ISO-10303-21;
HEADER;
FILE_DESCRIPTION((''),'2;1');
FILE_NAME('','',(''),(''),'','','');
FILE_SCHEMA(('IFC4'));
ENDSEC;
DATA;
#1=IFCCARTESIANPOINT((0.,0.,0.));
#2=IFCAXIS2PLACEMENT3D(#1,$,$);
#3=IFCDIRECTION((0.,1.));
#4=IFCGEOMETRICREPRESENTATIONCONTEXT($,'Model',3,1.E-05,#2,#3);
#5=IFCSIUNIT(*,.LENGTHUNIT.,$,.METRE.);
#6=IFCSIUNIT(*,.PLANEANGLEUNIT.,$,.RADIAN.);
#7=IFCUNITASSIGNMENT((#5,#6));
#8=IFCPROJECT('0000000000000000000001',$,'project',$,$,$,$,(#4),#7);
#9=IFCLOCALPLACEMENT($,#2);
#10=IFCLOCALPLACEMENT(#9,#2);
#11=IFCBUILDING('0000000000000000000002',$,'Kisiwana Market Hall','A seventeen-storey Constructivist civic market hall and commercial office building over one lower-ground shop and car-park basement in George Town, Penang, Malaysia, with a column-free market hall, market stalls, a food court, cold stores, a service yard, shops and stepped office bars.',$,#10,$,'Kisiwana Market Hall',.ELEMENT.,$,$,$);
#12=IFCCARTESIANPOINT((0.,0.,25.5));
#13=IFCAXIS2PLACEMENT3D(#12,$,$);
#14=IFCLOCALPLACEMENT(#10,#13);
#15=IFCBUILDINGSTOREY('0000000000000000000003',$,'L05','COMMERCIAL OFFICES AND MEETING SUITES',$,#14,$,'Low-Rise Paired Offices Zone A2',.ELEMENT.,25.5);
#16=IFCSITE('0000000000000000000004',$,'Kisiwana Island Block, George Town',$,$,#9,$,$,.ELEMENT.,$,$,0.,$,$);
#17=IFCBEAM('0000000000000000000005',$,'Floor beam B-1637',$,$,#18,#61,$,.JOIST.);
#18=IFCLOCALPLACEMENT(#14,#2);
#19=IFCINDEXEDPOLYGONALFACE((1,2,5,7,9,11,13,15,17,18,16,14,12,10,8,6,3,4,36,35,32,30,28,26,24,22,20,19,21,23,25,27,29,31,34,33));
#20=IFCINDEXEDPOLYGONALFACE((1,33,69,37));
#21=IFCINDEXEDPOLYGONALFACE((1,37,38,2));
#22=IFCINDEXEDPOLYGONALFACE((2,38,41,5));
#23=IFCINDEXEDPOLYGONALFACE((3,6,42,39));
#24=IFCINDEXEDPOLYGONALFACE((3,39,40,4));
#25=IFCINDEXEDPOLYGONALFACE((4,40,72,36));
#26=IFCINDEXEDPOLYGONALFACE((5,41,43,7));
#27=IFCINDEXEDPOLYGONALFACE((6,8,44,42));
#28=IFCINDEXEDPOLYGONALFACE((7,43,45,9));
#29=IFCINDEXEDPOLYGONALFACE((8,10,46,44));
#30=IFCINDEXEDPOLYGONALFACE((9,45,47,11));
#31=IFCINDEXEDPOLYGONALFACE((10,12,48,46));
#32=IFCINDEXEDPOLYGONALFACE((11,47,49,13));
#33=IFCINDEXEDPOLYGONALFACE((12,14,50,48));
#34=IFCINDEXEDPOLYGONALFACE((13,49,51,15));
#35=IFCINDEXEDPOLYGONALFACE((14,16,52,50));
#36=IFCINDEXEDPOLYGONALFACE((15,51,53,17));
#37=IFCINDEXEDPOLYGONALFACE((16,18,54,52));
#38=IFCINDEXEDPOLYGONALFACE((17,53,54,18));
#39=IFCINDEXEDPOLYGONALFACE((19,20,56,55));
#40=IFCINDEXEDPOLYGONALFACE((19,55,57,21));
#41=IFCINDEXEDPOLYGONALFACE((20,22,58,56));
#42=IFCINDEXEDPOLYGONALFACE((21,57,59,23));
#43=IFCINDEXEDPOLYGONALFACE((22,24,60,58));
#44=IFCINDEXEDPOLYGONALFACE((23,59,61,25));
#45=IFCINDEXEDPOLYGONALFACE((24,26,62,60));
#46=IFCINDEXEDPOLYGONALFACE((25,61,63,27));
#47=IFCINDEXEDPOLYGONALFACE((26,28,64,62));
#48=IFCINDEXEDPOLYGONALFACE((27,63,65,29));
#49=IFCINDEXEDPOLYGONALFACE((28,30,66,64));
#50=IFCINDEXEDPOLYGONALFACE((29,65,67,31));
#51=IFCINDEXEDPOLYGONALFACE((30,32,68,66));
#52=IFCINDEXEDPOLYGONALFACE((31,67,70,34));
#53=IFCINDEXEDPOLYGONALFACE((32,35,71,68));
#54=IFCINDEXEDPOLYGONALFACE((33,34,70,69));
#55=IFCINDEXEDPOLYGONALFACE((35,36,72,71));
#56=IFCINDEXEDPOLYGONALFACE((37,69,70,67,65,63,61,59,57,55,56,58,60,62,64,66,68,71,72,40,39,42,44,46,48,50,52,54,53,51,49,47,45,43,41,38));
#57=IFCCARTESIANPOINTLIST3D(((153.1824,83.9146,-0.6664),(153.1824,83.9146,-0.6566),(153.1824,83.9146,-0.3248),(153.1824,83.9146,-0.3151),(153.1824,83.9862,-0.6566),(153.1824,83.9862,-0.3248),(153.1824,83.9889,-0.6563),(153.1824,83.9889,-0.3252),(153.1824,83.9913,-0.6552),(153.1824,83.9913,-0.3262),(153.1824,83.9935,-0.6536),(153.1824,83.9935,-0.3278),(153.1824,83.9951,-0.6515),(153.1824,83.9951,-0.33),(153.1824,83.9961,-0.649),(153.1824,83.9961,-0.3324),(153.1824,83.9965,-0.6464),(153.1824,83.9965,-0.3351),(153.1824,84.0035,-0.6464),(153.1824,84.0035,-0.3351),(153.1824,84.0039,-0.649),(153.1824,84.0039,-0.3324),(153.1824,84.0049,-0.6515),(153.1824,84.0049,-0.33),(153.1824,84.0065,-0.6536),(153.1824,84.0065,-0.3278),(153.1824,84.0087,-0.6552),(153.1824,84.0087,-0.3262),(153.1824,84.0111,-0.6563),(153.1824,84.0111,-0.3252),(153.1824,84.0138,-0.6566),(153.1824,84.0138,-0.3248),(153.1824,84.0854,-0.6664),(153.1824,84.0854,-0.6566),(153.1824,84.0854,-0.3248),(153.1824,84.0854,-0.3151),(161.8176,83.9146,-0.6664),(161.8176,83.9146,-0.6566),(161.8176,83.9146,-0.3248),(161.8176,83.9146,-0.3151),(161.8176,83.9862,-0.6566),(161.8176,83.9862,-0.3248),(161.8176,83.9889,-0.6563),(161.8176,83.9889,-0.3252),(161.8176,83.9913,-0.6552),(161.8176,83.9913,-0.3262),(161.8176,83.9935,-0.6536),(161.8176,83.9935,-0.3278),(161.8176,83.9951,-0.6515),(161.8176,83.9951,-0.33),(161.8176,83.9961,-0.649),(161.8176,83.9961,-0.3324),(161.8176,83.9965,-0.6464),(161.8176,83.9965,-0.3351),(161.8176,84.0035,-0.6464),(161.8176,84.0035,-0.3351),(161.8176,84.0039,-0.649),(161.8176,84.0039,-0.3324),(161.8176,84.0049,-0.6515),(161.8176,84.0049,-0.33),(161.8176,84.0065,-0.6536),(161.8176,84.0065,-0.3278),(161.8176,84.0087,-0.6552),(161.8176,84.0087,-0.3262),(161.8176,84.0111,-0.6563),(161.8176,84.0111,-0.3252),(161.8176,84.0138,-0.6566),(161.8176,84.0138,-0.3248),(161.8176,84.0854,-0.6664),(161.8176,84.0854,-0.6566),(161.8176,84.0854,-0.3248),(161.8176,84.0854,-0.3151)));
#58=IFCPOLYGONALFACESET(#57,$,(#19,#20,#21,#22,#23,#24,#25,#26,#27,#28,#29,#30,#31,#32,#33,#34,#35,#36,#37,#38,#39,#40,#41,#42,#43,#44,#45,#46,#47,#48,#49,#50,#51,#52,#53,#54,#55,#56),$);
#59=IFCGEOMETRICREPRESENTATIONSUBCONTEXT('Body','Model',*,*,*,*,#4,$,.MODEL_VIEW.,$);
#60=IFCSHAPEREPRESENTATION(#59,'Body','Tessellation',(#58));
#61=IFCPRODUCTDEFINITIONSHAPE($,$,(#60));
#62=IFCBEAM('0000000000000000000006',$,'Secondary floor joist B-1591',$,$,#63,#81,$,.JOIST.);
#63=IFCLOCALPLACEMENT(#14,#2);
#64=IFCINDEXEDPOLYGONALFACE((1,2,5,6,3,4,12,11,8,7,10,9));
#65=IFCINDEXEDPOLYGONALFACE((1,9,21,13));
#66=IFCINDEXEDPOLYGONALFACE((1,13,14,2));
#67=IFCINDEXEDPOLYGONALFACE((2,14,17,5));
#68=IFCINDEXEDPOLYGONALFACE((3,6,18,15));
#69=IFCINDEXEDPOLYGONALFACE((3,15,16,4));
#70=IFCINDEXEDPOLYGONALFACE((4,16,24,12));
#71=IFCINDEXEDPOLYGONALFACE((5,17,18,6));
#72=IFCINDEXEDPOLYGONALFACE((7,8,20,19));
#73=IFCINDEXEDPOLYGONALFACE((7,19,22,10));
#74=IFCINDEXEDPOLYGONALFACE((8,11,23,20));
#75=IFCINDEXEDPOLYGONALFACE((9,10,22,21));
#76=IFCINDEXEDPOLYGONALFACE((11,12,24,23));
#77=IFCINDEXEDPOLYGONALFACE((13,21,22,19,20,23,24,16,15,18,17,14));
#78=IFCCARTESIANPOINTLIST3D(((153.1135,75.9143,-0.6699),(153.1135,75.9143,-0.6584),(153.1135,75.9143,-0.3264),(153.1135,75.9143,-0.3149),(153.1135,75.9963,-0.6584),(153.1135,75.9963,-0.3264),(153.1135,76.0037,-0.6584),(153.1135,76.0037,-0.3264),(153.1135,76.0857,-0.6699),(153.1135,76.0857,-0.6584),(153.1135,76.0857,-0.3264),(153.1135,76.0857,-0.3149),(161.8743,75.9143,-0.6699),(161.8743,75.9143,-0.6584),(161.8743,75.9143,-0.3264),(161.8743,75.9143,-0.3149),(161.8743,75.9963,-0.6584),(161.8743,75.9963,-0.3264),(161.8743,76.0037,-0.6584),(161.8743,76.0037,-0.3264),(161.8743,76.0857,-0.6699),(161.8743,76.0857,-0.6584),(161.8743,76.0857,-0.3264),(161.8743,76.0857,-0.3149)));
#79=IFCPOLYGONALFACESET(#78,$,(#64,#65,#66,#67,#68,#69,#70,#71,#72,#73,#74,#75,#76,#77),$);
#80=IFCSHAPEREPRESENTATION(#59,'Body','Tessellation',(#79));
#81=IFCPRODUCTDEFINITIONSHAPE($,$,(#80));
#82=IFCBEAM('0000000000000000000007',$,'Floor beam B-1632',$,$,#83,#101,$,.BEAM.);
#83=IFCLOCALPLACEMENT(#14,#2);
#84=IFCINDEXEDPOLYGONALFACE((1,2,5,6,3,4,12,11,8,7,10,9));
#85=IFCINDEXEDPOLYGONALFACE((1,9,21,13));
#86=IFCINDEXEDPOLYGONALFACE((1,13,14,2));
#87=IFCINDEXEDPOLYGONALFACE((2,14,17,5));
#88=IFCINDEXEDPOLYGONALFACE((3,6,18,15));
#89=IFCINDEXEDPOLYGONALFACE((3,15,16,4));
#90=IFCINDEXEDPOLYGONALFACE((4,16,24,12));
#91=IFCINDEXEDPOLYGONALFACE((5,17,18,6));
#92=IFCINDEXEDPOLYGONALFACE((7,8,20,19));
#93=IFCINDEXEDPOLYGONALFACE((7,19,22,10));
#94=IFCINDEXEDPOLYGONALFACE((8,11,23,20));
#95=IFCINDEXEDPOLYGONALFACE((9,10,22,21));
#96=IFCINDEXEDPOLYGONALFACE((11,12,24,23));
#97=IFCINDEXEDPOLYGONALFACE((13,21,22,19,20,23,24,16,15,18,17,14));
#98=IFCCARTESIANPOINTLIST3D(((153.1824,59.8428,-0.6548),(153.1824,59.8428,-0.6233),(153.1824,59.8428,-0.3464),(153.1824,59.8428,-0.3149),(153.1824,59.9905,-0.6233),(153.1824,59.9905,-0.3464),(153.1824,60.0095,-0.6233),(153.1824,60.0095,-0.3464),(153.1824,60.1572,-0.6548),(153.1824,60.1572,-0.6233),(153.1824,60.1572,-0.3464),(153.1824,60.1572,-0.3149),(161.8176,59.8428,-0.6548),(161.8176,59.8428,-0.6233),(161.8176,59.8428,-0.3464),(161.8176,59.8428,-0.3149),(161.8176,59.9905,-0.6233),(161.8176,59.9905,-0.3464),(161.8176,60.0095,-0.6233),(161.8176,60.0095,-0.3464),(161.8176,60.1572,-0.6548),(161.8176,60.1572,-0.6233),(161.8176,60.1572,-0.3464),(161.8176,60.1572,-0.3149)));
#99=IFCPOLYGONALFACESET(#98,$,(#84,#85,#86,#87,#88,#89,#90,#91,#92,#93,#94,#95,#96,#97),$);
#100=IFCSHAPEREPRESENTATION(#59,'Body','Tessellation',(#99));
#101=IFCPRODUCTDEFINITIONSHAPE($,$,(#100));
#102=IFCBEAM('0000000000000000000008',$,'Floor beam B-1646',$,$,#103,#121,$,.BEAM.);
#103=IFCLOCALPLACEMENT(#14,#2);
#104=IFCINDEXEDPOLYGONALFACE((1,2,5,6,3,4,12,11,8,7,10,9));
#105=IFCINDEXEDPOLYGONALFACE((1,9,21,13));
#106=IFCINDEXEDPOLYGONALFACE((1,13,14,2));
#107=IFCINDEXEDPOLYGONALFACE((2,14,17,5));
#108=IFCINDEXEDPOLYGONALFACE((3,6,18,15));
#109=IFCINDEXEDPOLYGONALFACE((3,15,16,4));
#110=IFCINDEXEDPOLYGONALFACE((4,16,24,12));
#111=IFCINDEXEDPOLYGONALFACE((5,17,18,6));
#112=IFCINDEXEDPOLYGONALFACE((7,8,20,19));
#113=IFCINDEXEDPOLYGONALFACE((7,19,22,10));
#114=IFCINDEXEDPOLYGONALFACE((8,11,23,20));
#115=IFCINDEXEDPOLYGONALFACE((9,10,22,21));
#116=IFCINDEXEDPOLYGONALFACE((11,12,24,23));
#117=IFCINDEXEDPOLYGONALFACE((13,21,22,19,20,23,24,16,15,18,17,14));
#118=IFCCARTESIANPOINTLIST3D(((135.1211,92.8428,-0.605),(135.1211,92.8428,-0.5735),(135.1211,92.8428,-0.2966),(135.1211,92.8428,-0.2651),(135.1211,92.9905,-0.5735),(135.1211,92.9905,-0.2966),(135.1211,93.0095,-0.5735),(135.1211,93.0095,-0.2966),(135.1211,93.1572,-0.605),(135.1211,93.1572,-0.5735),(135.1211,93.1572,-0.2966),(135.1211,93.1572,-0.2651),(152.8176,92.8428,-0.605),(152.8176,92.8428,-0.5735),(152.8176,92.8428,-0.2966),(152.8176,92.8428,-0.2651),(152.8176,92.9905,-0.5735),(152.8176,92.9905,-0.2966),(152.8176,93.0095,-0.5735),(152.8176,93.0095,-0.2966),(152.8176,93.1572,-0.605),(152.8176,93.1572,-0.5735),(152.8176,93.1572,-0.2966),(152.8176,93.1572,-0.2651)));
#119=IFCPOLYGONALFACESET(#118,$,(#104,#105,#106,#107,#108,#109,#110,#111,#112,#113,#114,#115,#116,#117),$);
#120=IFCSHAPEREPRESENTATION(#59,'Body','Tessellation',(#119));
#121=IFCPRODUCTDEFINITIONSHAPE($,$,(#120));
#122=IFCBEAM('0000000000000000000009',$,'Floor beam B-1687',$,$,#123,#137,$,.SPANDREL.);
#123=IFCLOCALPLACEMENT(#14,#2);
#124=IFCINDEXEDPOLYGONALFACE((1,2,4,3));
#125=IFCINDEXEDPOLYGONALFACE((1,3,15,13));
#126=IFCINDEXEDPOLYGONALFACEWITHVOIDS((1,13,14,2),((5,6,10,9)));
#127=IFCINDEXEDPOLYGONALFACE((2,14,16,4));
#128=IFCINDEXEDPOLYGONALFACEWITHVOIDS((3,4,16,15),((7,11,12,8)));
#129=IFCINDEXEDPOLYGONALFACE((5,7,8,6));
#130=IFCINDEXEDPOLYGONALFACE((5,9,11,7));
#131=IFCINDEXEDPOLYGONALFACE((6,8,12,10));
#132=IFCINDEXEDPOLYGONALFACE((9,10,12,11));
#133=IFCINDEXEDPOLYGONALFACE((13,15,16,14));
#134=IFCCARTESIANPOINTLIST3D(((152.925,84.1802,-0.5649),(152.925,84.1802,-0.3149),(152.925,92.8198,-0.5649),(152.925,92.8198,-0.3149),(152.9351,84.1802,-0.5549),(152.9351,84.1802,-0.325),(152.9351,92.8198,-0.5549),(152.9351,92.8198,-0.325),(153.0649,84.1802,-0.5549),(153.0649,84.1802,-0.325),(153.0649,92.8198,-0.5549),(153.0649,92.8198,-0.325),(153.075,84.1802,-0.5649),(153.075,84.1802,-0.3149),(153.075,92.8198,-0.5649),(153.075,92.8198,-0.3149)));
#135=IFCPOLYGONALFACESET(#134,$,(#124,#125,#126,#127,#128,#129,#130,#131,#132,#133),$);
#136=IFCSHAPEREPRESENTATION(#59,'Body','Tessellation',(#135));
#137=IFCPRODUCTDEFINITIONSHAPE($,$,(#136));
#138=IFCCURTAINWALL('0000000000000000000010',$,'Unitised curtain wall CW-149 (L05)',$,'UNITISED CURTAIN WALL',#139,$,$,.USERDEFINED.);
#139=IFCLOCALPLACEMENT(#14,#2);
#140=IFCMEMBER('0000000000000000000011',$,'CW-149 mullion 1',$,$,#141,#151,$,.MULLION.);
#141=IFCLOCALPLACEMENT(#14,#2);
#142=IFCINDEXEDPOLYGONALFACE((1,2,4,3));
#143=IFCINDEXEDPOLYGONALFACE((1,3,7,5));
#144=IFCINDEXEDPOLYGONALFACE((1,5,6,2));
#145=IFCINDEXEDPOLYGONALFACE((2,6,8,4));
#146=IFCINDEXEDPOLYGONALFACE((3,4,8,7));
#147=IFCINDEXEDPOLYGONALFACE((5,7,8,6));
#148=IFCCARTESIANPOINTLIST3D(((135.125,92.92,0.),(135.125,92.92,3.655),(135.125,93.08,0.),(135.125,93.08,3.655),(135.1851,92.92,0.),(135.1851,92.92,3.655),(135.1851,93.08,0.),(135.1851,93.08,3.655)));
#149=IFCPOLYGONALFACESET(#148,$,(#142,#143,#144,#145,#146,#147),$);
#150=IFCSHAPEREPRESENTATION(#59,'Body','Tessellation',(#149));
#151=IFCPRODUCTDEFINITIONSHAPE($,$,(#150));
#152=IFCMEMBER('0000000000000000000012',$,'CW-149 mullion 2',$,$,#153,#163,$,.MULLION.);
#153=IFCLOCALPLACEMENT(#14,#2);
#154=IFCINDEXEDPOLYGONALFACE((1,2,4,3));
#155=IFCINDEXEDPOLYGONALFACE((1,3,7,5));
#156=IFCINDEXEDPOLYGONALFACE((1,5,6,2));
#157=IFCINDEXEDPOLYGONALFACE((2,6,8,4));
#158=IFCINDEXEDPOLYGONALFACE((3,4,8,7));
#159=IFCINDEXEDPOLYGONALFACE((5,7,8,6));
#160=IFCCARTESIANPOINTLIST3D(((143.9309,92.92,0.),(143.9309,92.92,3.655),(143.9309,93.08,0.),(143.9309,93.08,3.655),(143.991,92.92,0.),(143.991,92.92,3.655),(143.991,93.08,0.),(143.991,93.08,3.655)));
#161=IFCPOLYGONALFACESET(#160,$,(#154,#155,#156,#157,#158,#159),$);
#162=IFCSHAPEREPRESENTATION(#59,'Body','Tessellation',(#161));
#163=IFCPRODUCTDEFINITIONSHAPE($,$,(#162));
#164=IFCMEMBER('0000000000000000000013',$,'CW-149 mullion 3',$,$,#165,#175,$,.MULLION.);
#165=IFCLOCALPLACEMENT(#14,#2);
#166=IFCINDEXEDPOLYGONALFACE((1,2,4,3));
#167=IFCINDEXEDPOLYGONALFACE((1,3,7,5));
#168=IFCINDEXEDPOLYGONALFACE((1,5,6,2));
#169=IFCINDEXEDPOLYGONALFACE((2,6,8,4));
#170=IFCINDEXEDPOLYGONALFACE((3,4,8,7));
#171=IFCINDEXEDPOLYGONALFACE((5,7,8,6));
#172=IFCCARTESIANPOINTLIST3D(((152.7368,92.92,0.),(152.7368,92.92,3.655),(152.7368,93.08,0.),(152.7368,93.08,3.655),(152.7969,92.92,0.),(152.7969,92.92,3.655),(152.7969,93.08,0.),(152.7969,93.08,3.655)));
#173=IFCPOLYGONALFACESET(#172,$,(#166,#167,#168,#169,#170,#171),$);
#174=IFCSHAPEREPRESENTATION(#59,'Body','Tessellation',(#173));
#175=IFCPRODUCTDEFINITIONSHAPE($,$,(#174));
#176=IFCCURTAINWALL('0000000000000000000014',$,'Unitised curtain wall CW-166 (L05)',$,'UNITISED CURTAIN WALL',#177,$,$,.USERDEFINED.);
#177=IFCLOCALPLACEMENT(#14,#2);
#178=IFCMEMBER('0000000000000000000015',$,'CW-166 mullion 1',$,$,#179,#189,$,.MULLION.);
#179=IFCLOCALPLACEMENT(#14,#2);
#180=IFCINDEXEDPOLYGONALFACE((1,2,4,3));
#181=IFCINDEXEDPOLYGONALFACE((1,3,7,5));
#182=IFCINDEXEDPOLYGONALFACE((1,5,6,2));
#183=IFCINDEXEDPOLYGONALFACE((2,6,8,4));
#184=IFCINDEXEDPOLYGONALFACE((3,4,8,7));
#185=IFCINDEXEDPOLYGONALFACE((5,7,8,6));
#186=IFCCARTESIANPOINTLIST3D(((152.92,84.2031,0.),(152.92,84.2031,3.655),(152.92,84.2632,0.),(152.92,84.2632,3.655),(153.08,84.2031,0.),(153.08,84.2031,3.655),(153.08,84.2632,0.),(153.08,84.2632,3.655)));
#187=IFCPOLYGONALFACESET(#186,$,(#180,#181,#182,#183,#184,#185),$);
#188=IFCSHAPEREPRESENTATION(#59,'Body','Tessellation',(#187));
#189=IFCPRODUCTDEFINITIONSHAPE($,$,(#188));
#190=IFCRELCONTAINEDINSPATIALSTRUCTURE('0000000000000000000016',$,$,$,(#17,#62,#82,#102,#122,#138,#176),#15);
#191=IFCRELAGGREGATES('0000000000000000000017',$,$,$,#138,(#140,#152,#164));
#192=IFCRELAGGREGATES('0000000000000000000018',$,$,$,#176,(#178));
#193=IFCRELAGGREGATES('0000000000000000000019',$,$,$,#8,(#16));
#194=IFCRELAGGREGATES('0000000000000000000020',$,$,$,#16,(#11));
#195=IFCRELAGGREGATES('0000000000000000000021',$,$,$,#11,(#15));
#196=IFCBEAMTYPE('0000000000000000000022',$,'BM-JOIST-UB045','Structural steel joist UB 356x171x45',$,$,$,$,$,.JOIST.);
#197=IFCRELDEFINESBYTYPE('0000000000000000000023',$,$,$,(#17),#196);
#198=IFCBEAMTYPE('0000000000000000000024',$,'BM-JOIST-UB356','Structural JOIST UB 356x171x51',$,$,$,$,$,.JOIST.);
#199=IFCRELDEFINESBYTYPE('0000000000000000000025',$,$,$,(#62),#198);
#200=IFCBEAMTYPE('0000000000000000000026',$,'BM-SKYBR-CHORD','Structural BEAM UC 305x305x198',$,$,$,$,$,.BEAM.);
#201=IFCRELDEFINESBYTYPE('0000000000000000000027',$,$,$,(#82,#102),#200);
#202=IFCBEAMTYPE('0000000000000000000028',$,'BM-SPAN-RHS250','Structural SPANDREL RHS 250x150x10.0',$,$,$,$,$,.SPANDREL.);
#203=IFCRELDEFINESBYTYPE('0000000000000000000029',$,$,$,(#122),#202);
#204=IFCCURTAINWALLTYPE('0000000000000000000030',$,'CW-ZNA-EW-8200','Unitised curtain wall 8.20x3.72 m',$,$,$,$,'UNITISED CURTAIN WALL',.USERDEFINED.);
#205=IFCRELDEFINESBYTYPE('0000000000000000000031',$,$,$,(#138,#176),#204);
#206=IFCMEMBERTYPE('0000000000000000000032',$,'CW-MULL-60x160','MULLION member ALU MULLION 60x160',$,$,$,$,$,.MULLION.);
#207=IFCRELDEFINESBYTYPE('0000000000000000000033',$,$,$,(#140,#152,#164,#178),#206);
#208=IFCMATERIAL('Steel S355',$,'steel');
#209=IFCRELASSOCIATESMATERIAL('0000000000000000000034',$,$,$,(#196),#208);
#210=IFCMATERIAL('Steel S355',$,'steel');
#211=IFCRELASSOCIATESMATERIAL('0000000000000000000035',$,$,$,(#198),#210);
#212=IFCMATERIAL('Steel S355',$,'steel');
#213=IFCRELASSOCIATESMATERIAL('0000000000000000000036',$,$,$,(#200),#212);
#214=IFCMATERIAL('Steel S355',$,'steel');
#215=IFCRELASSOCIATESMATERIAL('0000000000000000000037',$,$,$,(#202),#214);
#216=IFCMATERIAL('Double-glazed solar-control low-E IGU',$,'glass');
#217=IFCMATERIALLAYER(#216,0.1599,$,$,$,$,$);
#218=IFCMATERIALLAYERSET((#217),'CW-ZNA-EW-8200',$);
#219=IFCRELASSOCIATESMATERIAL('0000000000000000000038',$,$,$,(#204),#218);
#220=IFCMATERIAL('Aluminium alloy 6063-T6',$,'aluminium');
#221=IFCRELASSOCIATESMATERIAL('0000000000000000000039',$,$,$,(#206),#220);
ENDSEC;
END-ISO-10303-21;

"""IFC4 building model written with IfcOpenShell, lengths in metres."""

from ifc_helpers import new_model, si_unit, direction, frame, origin, origin_2d, place, context, subcontext, project, spatial, rectangle, hollow_rectangle, i_section, extrude, material, layer, layer_set, material_profile, profile_set, type_object, element, aggregate, save


model = new_model("IFC4")

# Units and contexts
model_context = context("Model", 3, precision=1e-05, world=origin(), true_north=direction((0.0, 1.0)))
body_context = subcontext(model_context, "Body", "Model", "MODEL_VIEW")
ifc_project = project(units=[si_unit("LENGTHUNIT", "METRE"), si_unit("PLANEANGLEUNIT", "RADIAN")], contexts=[model_context])

# Site, building, storey
site_placement = place(None, origin())
site = spatial("IfcSite", under=ifc_project, at=site_placement, Name="Kisiwana Island Block, George Town", CompositionType="ELEMENT", RefElevation=0.0)
building_placement = place(site_placement, origin())
building = spatial("IfcBuilding", under=site, at=building_placement, Name="Kisiwana Market Hall", Description="A seventeen-storey Constructivist civic market hall and commercial office building over one lower-ground shop and car-park basement in George Town, Penang, Malaysia, with a column-free market hall, market stalls, a food court, cold stores, a service yard, shops and stepped office bars.", LongName="Kisiwana Market Hall", CompositionType="ELEMENT")
storey_placement = place(building_placement, frame((0.0, 0.0, 25.5)))
storey = spatial("IfcBuildingStorey", under=building, at=storey_placement, Name="L05", Description="COMMERCIAL OFFICES AND MEETING SUITES", LongName="Low-Rise Paired Offices Zone A2", CompositionType="ELEMENT", Elevation=25.5)

# Beams
ifc_material_1 = material(Name="Steel S355", Category="steel")
ifc_material_profile_1 = material_profile(ifc_material_1, i_section(OverallWidth=0.1709, OverallDepth=0.3513, WebThickness=0.0071, FlangeThickness=0.0098, FilletRadius=0.0103, at=origin_2d()), Name="UB 356x171x45")
ifc_profile_set_1 = profile_set([ifc_material_profile_1], Name="Steel S355")
beam_type_1 = type_object("IfcBeamType", Name="BM-JOIST-UB045", Description="Structural steel joist UB 356x171x45", PredefinedType="JOIST", material=ifc_profile_set_1)
beam_1_placement = place(storey_placement, frame((153.1824, 84.0, -0.4907), z_axis=(1.0, 0.0, 0.0), x_axis=(0.0, 1.0, 0.0)))
element("IfcBeam", 1, at=beam_1_placement, inside=storey, type_object=beam_type_1, Name="Floor beam B-1637", PredefinedType="JOIST", context=body_context, shape_type="SweptSolid", body=[
    extrude(i_section(OverallWidth=0.1709, OverallDepth=0.3513, WebThickness=0.0071, FlangeThickness=0.0098, FilletRadius=0.0103, at=origin_2d()), origin(), (0.0, 0.0, 1.0), 8.6353),
])
ifc_material_2 = material(Name="Steel S355", Category="steel")
ifc_material_profile_2 = material_profile(ifc_material_2, i_section(OverallWidth=0.1714, OverallDepth=0.355, WebThickness=0.0073, FlangeThickness=0.0115, at=origin_2d()), Name="UB 356x171x51")
ifc_profile_set_2 = profile_set([ifc_material_profile_2], Name="Steel S355")
beam_type_2 = type_object("IfcBeamType", Name="BM-JOIST-UB356", Description="Structural JOIST UB 356x171x51", PredefinedType="JOIST", material=ifc_profile_set_2)
beam_2_placement = place(storey_placement, frame((153.1135, 76.0, -0.4924), z_axis=(1.0, 0.0, 0.0), x_axis=(0.0, 1.0, 0.0)))
element("IfcBeam", 2, at=beam_2_placement, inside=storey, type_object=beam_type_2, Name="Secondary floor joist B-1591", PredefinedType="JOIST", context=body_context, shape_type="SweptSolid", body=[
    extrude(i_section(OverallWidth=0.1714, OverallDepth=0.355, WebThickness=0.0073, FlangeThickness=0.0115, at=origin_2d()), origin(), (0.0, 0.0, 1.0), 8.7607),
])
ifc_material_3 = material(Name="Steel S355", Category="steel")
ifc_material_profile_3 = material_profile(ifc_material_3, i_section(OverallWidth=0.3145, OverallDepth=0.3398, WebThickness=0.019, FlangeThickness=0.0315, at=origin_2d()), Name="UC 305x305x198")
ifc_profile_set_3 = profile_set([ifc_material_profile_3], Name="Steel S355")
beam_type_3 = type_object("IfcBeamType", Name="BM-SKYBR-CHORD", Description="Structural BEAM UC 305x305x198", PredefinedType="BEAM", material=ifc_profile_set_3)
beam_3_placement = place(storey_placement, frame((153.1824, 60.0, -0.4849), z_axis=(1.0, 0.0, 0.0), x_axis=(0.0, 1.0, 0.0)))
element("IfcBeam", 3, at=beam_3_placement, inside=storey, type_object=beam_type_3, Name="Floor beam B-1632", PredefinedType="BEAM", context=body_context, shape_type="SweptSolid", body=[
    extrude(i_section(OverallWidth=0.3145, OverallDepth=0.3398, WebThickness=0.019, FlangeThickness=0.0315, at=origin_2d()), origin(), (0.0, 0.0, 1.0), 8.6353),
])
beam_4_placement = place(storey_placement, frame((135.1211, 93.0, -0.4351), z_axis=(1.0, 0.0, 0.0), x_axis=(0.0, 1.0, 0.0)))
element("IfcBeam", 4, at=beam_4_placement, inside=storey, type_object=beam_type_3, Name="Floor beam B-1646", PredefinedType="BEAM", context=body_context, shape_type="SweptSolid", body=[
    extrude(i_section(OverallWidth=0.3145, OverallDepth=0.3398, WebThickness=0.019, FlangeThickness=0.0315, at=origin_2d()), origin(), (0.0, 0.0, 1.0), 17.6965),
])
ifc_material_4 = material(Name="Steel S355", Category="steel")
ifc_material_profile_4 = material_profile(ifc_material_4, hollow_rectangle(XDim=0.1499, YDim=0.25, WallThickness=0.01, at=origin_2d()), Name="RHS 250x150x10.0")
ifc_profile_set_4 = profile_set([ifc_material_profile_4], Name="Steel S355")
beam_type_4 = type_object("IfcBeamType", Name="BM-SPAN-RHS250", Description="Structural SPANDREL RHS 250x150x10.0", PredefinedType="SPANDREL", material=ifc_profile_set_4)
beam_5_placement = place(storey_placement, frame((153.0, 84.1802, -0.4399), z_axis=(0.0, 1.0, 0.0), x_axis=(-1.0, 0.0, 0.0)))
element("IfcBeam", 5, at=beam_5_placement, inside=storey, type_object=beam_type_4, Name="Floor beam B-1687", PredefinedType="SPANDREL", context=body_context, shape_type="SweptSolid", body=[
    extrude(hollow_rectangle(XDim=0.1499, YDim=0.25, WallThickness=0.01, at=origin_2d()), origin(), (0.0, 0.0, 1.0), 8.6396),
])

# Curtain walls, members
ifc_material_5 = material(Name="Double-glazed solar-control low-E IGU", Category="glass")
ifc_layer_1 = layer(ifc_material_5, 0.1599)
ifc_layer_set_1 = layer_set([ifc_layer_1], Name="CW-ZNA-EW-8200")
curtain_wall_type = type_object("IfcCurtainWallType", Name="CW-ZNA-EW-8200", Description="Unitised curtain wall 8.20x3.72 m", ElementType="UNITISED CURTAIN WALL", PredefinedType="USERDEFINED", material=ifc_layer_set_1)
curtain_wall_1_placement = place(storey_placement, origin())
curtain_wall_1 = element("IfcCurtainWall", 6, at=curtain_wall_1_placement, inside=storey, type_object=curtain_wall_type, Name="Unitised curtain wall CW-149 (L05)", ObjectType="UNITISED CURTAIN WALL", PredefinedType="USERDEFINED")
ifc_material_6 = material(Name="Aluminium alloy 6063-T6", Category="aluminium")
ifc_material_profile_5 = material_profile(ifc_material_6, rectangle(XDim=0.0601, YDim=0.1599, at=origin_2d()), Name="ALU MULLION 60x160")
ifc_profile_set_5 = profile_set([ifc_material_profile_5], Name="Aluminium alloy 6063-T6")
member_type_1 = type_object("IfcMemberType", Name="CW-MULL-60x160", Description="MULLION member ALU MULLION 60x160", PredefinedType="MULLION", material=ifc_profile_set_5)
member_1_placement = place(storey_placement, frame((135.155, 93.0, 0.0), z_axis=(0.0, 0.0, 1.0), x_axis=(1.0, 0.0, 0.0)))
member_1 = element("IfcMember", 7, at=member_1_placement, type_object=member_type_1, Name="CW-149 mullion 1", PredefinedType="MULLION", context=body_context, shape_type="SweptSolid", body=[
    extrude(rectangle(XDim=0.0601, YDim=0.1599, at=origin_2d()), origin(), (0.0, 0.0, 1.0), 3.655),
])
member_2_placement = place(storey_placement, frame((143.9609, 93.0, 0.0), z_axis=(0.0, 0.0, 1.0), x_axis=(1.0, 0.0, 0.0)))
member_2 = element("IfcMember", 8, at=member_2_placement, type_object=member_type_1, Name="CW-149 mullion 2", PredefinedType="MULLION", context=body_context, shape_type="SweptSolid", body=[
    extrude(rectangle(XDim=0.0601, YDim=0.1599, at=origin_2d()), origin(), (0.0, 0.0, 1.0), 3.655),
])
member_3_placement = place(storey_placement, frame((152.7668, 93.0, 0.0), z_axis=(0.0, 0.0, 1.0), x_axis=(1.0, 0.0, 0.0)))
member_3 = element("IfcMember", 9, at=member_3_placement, type_object=member_type_1, Name="CW-149 mullion 3", PredefinedType="MULLION", context=body_context, shape_type="SweptSolid", body=[
    extrude(rectangle(XDim=0.0601, YDim=0.1599, at=origin_2d()), origin(), (0.0, 0.0, 1.0), 3.655),
])
curtain_wall_2_placement = place(storey_placement, origin())
curtain_wall_2 = element("IfcCurtainWall", 10, at=curtain_wall_2_placement, inside=storey, type_object=curtain_wall_type, Name="Unitised curtain wall CW-166 (L05)", ObjectType="UNITISED CURTAIN WALL", PredefinedType="USERDEFINED")
member_4_placement = place(storey_placement, frame((153.0, 84.2332, 0.0), z_axis=(0.0, 0.0, 1.0), x_axis=(0.0, 1.0, 0.0)))
member_4 = element("IfcMember", 11, at=member_4_placement, type_object=member_type_1, Name="CW-166 mullion 1", PredefinedType="MULLION", context=body_context, shape_type="SweptSolid", body=[
    extrude(rectangle(XDim=0.0601, YDim=0.1599, at=origin_2d()), origin(), (0.0, 0.0, 1.0), 3.655),
])

aggregate(curtain_wall_1, [member_1, member_2, member_3])
aggregate(curtain_wall_2, [member_4])

save(model, "model.ifc")
